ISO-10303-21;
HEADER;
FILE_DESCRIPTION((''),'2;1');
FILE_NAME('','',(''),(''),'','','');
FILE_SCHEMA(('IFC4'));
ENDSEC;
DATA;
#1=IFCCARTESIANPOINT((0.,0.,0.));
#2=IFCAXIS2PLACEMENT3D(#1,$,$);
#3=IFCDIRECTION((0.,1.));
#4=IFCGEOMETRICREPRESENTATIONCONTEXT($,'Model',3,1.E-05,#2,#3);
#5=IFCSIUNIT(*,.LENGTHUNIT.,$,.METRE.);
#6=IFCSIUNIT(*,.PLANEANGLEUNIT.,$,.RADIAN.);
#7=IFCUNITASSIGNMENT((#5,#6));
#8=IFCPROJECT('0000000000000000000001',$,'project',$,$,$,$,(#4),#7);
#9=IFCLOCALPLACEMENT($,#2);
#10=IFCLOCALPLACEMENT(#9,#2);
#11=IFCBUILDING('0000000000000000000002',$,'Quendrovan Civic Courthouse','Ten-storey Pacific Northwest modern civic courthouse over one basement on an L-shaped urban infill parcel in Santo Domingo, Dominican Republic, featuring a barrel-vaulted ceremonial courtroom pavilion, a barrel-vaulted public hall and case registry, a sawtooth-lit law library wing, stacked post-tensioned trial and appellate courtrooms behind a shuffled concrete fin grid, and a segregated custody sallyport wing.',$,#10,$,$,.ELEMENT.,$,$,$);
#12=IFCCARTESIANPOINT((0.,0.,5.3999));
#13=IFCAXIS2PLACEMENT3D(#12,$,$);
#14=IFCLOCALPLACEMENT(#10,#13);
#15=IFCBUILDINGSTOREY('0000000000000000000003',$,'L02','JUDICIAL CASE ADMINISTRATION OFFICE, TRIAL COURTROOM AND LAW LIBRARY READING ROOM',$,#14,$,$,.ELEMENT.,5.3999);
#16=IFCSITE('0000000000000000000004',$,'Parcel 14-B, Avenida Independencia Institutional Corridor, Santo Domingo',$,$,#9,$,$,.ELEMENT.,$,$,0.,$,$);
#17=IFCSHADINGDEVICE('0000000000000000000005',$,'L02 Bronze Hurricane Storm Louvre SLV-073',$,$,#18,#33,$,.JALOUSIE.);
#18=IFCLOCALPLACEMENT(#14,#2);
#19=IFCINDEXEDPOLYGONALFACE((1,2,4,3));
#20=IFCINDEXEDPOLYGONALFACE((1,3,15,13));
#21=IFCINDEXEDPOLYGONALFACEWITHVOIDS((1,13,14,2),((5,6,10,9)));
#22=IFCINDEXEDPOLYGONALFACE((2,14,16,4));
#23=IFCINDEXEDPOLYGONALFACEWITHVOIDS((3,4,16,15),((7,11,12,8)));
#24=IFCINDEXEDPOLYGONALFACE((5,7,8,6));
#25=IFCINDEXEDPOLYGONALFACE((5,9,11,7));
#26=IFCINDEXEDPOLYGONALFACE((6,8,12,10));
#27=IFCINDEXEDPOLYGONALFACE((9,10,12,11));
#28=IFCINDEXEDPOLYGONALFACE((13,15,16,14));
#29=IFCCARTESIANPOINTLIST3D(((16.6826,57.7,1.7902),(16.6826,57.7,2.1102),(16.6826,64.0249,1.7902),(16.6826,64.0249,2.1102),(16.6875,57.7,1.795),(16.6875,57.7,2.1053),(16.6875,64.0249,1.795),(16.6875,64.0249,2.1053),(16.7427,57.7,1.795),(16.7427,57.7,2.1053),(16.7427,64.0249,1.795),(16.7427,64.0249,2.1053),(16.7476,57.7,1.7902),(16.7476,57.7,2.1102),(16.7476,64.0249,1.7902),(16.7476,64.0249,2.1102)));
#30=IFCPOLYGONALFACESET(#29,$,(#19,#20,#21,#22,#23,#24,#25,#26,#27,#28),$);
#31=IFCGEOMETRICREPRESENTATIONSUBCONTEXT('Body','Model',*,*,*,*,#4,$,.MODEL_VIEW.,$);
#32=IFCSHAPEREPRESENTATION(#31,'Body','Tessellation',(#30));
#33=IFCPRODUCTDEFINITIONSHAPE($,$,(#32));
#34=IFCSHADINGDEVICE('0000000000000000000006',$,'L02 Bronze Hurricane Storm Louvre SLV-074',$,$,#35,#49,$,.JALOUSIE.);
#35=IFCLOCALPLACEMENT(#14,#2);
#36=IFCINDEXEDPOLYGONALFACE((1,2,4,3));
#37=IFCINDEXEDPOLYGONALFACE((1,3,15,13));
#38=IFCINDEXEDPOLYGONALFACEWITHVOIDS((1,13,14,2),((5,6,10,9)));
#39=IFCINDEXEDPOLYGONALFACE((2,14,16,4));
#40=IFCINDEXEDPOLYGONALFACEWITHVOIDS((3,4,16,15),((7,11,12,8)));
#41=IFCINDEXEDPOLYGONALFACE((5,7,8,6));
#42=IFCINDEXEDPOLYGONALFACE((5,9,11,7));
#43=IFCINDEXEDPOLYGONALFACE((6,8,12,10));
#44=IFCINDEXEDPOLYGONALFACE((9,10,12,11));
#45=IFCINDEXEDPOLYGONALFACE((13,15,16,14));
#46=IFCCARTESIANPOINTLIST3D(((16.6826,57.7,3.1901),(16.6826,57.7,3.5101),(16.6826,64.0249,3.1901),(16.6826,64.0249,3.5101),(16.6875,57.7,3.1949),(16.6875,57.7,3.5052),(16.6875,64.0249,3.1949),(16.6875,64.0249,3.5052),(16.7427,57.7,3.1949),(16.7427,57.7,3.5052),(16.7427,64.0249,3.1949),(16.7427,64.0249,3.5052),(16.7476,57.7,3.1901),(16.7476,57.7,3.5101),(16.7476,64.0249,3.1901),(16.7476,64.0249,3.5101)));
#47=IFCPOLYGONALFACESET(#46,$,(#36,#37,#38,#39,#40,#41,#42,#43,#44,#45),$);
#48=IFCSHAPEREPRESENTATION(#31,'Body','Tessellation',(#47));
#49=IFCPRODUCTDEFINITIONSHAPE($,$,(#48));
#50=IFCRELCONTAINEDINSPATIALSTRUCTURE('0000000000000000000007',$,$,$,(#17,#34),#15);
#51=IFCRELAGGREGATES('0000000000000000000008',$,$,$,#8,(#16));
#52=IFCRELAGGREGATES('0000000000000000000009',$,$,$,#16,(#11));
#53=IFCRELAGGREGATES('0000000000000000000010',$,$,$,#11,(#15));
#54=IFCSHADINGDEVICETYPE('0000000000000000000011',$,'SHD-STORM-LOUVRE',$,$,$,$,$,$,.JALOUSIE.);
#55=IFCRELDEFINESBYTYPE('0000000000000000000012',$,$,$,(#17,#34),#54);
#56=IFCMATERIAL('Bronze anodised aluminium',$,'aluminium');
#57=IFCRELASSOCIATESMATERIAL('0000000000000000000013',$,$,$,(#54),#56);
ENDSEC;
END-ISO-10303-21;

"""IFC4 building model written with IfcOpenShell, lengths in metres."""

from ifc_helpers import new_model, si_unit, direction, frame, origin, origin_2d, place, context, subcontext, project, spatial, hollow_rectangle, extrude, material, material_profile, profile_set, type_object, element, save


model = new_model("IFC4")

# Units and contexts
model_context = context("Model", 3, precision=1e-05, world=origin(), true_north=direction((0.0, 1.0)))
body_context = subcontext(model_context, "Body", "Model", "MODEL_VIEW")
ifc_project = project(units=[si_unit("LENGTHUNIT", "METRE"), si_unit("PLANEANGLEUNIT", "RADIAN")], contexts=[model_context])

# Site, building, storey
site_placement = place(None, origin())
site = spatial("IfcSite", under=ifc_project, at=site_placement, Name="Parcel 14-B, Avenida Independencia Institutional Corridor, Santo Domingo", CompositionType="ELEMENT", RefElevation=0.0)
building_placement = place(site_placement, origin())
building = spatial("IfcBuilding", under=site, at=building_placement, Name="Quendrovan Civic Courthouse", Description="Ten-storey Pacific Northwest modern civic courthouse over one basement on an L-shaped urban infill parcel in Santo Domingo, Dominican Republic, featuring a barrel-vaulted ceremonial courtroom pavilion, a barrel-vaulted public hall and case registry, a sawtooth-lit law library wing, stacked post-tensioned trial and appellate courtrooms behind a shuffled concrete fin grid, and a segregated custody sallyport wing.", CompositionType="ELEMENT")
storey_placement = place(building_placement, frame((0.0, 0.0, 5.3999)))
storey = spatial("IfcBuildingStorey", under=building, at=storey_placement, Name="L02", Description="JUDICIAL CASE ADMINISTRATION OFFICE, TRIAL COURTROOM AND LAW LIBRARY READING ROOM", CompositionType="ELEMENT", Elevation=5.3999)

# Shared definitions
ifc_material_1 = material(Name="Bronze anodised aluminium", Category="aluminium")

# Shading devices
ifc_material_profile_1 = material_profile(ifc_material_1, hollow_rectangle(XDim=0.0649, YDim=0.3201, WallThickness=0.0049, at=origin_2d()), Name="AL-LOUVRE-65x320")
ifc_profile_set_1 = profile_set([ifc_material_profile_1], Name="Bronze anodised aluminium")
shading_device_type = type_object("IfcShadingDeviceType", Name="SHD-STORM-LOUVRE", PredefinedType="JALOUSIE", material=ifc_profile_set_1)
for number, where, z_axis, x_axis, name in (
    (1, (16.7151, 64.0249, 1.9502), (0.0, -1.0, 0.0), (1.0, 0.0, 0.0), "L02 Bronze Hurricane Storm Louvre SLV-073"),
    (2, (16.7151, 64.0249, 3.3501), (0.0, -1.0, 0.0), (1.0, 0.0, 0.0), "L02 Bronze Hurricane Storm Louvre SLV-074"),
):
    element("IfcShadingDevice", number, at=place(storey_placement, frame(where, z_axis=z_axis, x_axis=x_axis)), inside=storey, type_object=shading_device_type, Name=name, PredefinedType="JALOUSIE", context=body_context, shape_type="SweptSolid", body=[
        extrude(hollow_rectangle(XDim=0.0649, YDim=0.3201, WallThickness=0.0049, at=origin_2d()), origin(), (0.0, 0.0, 1.0), 6.325),
    ])

save(model, "model.ifc")
